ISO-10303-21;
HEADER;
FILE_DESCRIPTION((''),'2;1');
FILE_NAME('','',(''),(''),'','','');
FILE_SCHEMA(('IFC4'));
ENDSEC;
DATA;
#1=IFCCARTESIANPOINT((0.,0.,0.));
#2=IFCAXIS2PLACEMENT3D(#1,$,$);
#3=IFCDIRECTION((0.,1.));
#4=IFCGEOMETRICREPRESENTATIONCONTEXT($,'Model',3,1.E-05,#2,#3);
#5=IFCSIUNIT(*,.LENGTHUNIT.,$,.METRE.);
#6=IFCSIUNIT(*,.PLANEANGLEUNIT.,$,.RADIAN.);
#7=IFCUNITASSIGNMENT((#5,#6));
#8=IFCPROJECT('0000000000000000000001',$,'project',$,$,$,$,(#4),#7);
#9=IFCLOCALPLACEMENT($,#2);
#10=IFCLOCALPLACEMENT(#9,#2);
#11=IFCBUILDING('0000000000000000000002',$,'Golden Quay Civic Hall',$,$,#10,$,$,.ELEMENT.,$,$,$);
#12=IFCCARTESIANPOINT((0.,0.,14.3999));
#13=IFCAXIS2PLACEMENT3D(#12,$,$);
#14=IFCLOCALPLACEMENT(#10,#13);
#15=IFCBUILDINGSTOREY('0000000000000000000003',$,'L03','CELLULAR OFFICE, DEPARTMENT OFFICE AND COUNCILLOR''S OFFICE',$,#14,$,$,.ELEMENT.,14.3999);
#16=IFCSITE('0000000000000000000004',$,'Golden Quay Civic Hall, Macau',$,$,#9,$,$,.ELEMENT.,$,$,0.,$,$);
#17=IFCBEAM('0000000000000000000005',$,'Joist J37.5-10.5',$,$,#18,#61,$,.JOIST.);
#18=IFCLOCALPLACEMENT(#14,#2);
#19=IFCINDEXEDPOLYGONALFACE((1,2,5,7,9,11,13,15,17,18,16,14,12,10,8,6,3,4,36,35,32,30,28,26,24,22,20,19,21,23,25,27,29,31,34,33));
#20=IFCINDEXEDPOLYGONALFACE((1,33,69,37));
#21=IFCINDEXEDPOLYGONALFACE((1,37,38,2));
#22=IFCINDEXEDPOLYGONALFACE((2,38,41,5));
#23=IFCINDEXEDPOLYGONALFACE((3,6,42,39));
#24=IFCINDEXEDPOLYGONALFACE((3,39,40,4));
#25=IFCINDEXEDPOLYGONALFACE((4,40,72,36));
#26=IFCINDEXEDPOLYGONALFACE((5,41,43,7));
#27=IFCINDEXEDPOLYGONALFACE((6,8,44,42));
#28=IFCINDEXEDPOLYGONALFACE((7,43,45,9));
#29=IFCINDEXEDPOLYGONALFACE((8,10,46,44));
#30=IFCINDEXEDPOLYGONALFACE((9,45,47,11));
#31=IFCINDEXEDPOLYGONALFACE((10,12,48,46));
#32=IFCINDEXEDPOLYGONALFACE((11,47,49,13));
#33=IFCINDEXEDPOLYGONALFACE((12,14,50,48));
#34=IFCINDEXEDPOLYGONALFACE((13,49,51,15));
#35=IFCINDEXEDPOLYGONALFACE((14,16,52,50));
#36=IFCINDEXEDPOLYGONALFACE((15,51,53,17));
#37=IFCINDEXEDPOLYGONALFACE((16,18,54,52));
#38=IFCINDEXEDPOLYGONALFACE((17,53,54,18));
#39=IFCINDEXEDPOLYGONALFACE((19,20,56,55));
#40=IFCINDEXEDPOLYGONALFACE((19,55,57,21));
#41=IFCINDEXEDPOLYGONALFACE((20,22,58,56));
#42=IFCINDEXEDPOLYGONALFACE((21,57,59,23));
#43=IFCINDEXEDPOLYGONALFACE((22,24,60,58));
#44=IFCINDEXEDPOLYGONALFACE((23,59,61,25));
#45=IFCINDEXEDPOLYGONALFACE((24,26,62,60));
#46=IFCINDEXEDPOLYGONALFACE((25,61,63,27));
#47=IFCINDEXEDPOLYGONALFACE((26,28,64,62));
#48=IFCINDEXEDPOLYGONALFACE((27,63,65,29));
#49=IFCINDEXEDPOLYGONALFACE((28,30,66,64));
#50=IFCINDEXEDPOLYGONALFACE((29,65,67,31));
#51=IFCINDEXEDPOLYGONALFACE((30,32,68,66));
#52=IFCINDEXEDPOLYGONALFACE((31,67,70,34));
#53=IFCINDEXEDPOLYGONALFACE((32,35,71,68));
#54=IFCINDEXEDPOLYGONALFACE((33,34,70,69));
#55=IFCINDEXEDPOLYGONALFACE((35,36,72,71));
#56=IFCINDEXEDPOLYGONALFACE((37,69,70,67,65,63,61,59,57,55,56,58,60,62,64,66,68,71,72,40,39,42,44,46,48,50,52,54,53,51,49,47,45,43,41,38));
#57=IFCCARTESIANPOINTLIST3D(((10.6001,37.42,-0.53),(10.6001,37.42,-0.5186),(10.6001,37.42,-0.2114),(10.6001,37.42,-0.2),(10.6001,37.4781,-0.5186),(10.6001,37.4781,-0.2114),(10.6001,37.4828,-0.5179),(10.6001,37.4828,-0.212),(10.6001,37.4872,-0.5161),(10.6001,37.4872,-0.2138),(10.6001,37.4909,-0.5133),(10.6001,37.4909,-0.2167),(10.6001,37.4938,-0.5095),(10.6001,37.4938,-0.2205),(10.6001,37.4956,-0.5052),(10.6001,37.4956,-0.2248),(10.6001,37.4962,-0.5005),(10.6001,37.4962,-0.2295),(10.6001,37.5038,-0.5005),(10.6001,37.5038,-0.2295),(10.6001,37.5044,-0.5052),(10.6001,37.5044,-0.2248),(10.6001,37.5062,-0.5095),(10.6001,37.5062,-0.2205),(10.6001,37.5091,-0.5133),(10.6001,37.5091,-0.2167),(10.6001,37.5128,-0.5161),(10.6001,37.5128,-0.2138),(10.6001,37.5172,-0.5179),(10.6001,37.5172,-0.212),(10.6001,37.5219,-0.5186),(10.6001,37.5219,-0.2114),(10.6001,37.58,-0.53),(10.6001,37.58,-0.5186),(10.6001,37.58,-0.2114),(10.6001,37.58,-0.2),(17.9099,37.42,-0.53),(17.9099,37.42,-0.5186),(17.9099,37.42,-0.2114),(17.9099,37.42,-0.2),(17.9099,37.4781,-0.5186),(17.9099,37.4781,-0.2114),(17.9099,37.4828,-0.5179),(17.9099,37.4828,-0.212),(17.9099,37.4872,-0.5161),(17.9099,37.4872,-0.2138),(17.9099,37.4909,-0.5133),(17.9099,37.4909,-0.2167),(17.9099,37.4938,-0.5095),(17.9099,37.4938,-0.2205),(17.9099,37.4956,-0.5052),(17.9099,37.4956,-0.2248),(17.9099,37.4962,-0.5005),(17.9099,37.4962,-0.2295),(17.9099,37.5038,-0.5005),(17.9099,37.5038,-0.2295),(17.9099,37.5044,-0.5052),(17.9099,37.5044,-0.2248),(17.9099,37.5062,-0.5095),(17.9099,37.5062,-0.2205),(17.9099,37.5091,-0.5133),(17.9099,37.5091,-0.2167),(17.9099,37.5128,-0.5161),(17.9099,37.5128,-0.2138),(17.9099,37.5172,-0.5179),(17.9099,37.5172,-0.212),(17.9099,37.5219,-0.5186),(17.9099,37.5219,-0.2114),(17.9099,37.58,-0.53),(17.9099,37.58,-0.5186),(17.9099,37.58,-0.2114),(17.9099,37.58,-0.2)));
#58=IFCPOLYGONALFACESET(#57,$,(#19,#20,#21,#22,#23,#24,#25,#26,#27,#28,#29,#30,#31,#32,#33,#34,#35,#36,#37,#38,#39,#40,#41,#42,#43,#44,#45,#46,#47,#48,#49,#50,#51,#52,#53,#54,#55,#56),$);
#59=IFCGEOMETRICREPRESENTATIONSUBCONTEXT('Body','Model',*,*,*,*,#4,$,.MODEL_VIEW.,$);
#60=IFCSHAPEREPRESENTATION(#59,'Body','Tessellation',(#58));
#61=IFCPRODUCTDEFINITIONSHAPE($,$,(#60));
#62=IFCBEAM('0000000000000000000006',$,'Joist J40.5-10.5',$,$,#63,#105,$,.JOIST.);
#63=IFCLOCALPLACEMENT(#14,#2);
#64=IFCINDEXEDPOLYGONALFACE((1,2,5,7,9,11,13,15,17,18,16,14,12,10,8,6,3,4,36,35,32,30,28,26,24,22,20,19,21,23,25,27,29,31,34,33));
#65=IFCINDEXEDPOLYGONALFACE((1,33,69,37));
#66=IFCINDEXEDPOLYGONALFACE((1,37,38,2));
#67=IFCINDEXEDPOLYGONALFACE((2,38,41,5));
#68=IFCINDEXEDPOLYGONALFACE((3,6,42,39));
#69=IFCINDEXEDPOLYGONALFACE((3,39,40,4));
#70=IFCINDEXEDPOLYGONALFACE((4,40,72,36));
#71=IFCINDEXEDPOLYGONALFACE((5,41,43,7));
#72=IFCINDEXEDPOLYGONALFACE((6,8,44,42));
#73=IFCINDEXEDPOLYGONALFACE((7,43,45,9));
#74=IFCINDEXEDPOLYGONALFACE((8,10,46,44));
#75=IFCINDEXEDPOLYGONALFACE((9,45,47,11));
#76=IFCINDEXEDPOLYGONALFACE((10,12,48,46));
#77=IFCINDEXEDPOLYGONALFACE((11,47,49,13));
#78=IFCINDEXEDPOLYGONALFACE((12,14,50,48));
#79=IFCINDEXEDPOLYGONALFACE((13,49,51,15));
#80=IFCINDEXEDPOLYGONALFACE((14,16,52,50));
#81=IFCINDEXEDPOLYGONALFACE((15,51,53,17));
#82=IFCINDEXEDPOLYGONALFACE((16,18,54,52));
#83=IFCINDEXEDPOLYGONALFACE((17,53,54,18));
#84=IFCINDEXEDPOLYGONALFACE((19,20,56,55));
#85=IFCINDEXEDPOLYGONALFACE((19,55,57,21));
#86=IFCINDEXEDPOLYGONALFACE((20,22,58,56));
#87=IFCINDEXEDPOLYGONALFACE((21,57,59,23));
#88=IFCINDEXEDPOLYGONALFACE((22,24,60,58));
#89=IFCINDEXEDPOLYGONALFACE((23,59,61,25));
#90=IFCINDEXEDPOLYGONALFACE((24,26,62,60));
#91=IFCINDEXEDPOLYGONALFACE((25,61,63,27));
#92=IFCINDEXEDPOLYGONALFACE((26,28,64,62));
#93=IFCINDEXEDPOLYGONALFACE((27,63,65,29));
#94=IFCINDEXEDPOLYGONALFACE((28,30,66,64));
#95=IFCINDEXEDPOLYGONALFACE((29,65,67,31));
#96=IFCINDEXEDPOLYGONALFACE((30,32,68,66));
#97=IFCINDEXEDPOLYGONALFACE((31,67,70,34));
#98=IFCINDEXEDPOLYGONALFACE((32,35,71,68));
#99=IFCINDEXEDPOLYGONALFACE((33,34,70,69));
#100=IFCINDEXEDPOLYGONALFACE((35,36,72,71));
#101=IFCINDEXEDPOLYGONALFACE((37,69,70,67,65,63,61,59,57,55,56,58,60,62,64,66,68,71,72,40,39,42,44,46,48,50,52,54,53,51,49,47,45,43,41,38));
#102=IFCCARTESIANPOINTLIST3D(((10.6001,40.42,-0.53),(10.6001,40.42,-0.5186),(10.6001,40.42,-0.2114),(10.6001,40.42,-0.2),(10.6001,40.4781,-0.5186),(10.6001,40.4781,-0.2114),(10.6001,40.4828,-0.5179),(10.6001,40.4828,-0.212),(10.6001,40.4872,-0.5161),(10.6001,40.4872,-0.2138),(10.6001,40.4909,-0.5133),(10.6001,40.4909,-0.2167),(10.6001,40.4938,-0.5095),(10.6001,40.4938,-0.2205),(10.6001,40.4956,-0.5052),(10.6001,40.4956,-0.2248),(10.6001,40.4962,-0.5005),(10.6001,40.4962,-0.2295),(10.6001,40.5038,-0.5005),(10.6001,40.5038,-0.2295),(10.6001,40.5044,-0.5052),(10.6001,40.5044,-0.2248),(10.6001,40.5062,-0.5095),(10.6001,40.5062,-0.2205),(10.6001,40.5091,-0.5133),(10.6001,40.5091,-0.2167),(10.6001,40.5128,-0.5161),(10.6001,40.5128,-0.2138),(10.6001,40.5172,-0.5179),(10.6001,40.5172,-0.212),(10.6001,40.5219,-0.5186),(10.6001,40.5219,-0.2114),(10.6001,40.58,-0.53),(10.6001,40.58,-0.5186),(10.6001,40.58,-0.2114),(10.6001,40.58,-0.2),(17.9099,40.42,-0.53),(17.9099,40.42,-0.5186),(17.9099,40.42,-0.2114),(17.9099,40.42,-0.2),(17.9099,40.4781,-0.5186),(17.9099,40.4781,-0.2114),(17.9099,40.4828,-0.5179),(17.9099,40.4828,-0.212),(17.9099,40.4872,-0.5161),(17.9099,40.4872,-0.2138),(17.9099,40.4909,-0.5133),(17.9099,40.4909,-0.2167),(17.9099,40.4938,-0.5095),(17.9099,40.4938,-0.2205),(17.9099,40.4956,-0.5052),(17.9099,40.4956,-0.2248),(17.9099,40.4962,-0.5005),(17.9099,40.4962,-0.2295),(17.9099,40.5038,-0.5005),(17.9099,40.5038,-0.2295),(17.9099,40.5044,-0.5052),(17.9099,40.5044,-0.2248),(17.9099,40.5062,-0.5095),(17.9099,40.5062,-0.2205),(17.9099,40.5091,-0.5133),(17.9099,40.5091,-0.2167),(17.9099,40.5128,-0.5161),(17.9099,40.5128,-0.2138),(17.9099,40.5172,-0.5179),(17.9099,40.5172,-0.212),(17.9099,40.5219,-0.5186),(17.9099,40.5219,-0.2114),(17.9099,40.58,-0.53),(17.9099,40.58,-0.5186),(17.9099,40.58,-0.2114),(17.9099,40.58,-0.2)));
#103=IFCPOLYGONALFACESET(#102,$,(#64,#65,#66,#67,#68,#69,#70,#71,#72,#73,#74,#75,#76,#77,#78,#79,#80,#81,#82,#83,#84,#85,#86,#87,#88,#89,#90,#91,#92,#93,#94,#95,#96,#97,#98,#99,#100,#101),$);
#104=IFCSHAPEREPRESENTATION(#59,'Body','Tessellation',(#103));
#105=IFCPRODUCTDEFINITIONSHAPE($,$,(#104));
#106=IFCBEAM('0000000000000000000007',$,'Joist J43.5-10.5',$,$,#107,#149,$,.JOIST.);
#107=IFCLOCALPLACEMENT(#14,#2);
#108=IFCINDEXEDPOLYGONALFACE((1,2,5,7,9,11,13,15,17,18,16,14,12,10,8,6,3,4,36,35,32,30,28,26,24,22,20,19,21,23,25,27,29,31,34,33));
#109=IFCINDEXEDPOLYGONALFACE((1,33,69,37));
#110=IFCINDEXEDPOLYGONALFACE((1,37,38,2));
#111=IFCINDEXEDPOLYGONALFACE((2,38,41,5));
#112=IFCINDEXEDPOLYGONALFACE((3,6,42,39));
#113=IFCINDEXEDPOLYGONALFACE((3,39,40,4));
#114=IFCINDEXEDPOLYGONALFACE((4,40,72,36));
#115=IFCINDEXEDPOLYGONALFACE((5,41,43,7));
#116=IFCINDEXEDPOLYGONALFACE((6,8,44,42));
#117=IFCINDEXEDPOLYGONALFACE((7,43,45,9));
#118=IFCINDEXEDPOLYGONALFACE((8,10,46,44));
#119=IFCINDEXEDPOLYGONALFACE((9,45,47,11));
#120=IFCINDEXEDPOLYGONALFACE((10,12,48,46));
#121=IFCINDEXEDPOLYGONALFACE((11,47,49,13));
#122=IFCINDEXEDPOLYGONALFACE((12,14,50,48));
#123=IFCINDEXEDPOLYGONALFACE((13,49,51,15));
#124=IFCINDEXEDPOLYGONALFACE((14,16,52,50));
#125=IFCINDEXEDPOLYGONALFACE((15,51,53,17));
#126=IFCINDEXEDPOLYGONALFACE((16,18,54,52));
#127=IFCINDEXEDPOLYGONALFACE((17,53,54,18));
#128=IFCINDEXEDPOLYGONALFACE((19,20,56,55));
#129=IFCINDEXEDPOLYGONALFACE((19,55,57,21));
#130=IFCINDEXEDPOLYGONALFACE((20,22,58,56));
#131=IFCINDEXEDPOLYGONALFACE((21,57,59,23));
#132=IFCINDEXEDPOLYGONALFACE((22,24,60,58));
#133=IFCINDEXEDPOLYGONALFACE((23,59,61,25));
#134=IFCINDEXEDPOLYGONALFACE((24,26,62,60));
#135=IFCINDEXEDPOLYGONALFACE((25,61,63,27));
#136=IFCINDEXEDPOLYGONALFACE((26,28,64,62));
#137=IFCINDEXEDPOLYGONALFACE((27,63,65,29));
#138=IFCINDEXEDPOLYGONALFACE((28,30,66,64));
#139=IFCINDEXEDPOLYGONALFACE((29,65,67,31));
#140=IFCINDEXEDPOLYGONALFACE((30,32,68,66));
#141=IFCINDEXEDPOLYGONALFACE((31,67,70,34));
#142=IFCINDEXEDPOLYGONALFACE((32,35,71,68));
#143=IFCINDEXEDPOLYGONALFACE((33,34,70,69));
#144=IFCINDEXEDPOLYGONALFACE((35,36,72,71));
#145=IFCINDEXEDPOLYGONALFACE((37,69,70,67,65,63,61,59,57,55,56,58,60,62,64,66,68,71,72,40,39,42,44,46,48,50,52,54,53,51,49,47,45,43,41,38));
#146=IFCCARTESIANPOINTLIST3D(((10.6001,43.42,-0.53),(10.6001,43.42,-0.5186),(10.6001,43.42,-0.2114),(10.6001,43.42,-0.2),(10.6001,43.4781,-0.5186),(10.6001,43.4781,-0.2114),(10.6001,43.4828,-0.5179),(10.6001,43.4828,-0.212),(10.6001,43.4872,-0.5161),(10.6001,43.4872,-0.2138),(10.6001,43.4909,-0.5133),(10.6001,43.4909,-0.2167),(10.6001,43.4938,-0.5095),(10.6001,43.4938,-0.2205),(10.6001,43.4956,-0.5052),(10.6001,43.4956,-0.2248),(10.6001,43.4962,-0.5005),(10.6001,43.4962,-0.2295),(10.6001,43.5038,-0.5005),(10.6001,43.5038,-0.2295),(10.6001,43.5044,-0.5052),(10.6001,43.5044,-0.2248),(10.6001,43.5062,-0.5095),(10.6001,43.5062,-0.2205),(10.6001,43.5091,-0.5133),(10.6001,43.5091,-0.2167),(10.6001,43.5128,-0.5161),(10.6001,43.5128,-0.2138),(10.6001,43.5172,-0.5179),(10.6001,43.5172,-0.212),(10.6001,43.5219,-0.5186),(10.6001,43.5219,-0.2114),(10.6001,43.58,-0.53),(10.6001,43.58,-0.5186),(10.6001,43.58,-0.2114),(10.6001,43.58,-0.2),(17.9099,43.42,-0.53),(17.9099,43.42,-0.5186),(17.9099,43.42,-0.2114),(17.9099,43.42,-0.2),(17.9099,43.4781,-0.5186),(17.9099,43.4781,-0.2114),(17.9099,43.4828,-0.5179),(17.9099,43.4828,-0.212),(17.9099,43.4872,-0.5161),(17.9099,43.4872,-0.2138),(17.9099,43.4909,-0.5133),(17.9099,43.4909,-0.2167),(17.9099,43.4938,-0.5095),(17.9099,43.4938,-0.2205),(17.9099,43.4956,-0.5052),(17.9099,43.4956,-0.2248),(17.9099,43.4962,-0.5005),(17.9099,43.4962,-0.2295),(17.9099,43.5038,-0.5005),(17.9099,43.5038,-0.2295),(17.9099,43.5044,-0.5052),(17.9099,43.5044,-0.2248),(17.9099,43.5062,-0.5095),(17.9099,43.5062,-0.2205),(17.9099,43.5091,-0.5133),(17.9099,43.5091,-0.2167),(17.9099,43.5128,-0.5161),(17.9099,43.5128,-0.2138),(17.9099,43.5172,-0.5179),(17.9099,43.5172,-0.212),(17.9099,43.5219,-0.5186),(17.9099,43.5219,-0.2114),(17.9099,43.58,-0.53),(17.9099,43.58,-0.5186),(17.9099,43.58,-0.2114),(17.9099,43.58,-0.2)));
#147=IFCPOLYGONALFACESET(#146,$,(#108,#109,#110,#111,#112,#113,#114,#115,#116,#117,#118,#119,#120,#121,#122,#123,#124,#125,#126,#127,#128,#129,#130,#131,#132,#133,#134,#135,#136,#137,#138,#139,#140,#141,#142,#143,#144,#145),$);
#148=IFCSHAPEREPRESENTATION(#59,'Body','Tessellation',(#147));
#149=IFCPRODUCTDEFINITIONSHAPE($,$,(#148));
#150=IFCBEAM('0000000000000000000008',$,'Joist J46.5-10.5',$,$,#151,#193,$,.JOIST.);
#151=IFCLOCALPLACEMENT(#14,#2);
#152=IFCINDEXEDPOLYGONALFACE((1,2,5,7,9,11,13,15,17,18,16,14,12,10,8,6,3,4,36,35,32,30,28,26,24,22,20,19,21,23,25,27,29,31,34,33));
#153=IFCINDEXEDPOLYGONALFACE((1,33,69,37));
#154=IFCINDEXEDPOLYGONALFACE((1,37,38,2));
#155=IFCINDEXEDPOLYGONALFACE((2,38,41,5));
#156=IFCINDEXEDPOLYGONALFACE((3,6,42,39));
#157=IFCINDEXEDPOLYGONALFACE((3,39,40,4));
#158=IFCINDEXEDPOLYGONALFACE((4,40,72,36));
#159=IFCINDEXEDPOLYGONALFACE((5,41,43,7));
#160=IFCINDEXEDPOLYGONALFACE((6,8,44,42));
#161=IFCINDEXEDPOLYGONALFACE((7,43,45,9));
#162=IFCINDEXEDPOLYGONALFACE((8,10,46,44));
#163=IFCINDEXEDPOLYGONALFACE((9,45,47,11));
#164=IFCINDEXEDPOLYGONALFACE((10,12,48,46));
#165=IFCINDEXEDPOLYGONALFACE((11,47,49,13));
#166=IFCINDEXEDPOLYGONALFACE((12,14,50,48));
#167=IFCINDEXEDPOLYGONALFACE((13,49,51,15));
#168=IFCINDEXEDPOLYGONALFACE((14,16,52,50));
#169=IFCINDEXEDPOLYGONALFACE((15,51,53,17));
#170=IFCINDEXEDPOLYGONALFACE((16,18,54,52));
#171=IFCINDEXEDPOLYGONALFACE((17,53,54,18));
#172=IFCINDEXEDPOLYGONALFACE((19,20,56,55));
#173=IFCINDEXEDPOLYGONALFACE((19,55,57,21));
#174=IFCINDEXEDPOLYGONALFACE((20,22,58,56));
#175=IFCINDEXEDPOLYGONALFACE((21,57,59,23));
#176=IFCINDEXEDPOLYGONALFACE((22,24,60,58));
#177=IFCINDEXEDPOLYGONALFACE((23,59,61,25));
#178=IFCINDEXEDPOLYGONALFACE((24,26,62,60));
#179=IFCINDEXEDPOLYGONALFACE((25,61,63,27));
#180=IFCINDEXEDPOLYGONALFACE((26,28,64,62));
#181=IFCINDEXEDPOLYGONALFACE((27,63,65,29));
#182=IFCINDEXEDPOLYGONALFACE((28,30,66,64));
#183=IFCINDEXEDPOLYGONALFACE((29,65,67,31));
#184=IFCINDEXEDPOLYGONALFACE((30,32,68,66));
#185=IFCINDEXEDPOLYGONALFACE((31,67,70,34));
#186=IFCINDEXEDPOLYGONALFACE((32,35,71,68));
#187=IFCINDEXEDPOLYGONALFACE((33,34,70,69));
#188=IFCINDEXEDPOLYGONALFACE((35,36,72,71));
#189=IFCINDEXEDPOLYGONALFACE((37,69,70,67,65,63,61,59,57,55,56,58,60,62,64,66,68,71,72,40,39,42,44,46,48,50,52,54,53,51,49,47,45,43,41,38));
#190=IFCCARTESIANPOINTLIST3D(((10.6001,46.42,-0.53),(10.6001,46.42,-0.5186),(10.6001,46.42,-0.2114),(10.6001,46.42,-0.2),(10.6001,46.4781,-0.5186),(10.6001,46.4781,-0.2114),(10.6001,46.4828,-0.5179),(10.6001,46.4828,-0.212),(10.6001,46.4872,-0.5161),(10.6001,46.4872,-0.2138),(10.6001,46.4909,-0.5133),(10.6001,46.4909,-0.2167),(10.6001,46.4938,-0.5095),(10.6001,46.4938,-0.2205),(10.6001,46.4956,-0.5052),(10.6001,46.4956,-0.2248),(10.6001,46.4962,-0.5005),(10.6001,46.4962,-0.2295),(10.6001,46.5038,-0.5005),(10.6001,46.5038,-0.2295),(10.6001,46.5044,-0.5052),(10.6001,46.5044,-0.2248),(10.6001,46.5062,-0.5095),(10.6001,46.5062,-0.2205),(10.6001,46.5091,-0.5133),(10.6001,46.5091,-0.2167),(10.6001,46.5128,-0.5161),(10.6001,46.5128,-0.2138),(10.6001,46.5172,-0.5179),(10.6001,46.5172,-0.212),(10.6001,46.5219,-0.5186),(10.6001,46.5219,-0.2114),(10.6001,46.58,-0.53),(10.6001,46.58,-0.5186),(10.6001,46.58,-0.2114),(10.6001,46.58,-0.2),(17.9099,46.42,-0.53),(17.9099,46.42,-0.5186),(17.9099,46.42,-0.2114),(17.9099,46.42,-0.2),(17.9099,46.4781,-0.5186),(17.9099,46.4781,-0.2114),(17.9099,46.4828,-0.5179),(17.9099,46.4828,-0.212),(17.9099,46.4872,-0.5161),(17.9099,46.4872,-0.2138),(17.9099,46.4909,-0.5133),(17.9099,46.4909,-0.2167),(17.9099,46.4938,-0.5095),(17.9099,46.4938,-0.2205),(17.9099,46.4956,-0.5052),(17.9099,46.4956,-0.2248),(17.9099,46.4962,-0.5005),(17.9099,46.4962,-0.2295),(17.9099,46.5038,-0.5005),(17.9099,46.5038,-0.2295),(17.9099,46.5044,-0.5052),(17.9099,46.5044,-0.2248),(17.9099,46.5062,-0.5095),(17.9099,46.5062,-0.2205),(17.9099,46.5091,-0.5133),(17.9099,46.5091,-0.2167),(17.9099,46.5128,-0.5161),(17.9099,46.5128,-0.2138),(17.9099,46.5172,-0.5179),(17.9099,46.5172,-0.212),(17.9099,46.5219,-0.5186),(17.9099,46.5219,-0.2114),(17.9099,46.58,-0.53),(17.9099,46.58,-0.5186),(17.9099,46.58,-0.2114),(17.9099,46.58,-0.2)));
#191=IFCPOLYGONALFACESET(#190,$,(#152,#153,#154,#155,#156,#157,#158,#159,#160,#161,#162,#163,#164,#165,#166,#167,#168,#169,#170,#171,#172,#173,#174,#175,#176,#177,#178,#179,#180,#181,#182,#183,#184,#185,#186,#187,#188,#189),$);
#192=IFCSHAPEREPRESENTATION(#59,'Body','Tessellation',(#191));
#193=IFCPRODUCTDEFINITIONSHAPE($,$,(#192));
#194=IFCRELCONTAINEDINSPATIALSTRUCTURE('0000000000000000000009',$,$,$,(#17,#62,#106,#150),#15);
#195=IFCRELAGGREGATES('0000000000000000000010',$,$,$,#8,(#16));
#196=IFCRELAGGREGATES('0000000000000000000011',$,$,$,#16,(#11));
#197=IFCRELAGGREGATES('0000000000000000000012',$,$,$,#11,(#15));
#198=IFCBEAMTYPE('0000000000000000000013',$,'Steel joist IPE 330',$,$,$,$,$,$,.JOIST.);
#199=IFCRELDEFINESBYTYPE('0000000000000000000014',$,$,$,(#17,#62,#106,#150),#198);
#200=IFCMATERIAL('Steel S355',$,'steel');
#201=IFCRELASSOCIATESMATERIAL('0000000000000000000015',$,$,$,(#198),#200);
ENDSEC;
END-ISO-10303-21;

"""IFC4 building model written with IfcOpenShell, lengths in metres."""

from ifc_helpers import new_model, si_unit, direction, frame, origin, origin_2d, place, context, subcontext, project, spatial, i_section, extrude, material, material_profile, profile_set, type_object, element, save


model = new_model("IFC4")

# Units and contexts
model_context = context("Model", 3, precision=1e-05, world=origin(), true_north=direction((0.0, 1.0)))
body_context = subcontext(model_context, "Body", "Model", "MODEL_VIEW")
ifc_project = project(units=[si_unit("LENGTHUNIT", "METRE"), si_unit("PLANEANGLEUNIT", "RADIAN")], contexts=[model_context])

# Site, building, storey
site_placement = place(None, origin())
site = spatial("IfcSite", under=ifc_project, at=site_placement, Name="Golden Quay Civic Hall, Macau", CompositionType="ELEMENT", RefElevation=0.0)
building_placement = place(site_placement, origin())
building = spatial("IfcBuilding", under=site, at=building_placement, Name="Golden Quay Civic Hall", CompositionType="ELEMENT")
storey_placement = place(building_placement, frame((0.0, 0.0, 14.3999)))
storey = spatial("IfcBuildingStorey", under=building, at=storey_placement, Name="L03", Description="CELLULAR OFFICE, DEPARTMENT OFFICE AND COUNCILLOR'S OFFICE", CompositionType="ELEMENT", Elevation=14.3999)

# Beams
ifc_material_1 = material(Name="Steel S355", Category="steel")
ifc_material_profile_1 = material_profile(ifc_material_1, i_section(OverallWidth=0.1599, OverallDepth=0.3301, WebThickness=0.0076, FlangeThickness=0.0115, FilletRadius=0.0181, at=origin_2d()), Name="IPE 330")
ifc_profile_set_1 = profile_set([ifc_material_profile_1], Name="Steel S355")
beam_type_1 = type_object("IfcBeamType", Name="Steel joist IPE 330", PredefinedType="JOIST", material=ifc_profile_set_1)
for number, where, z_axis, x_axis, name in (
    (1, (10.6001, 37.5, -0.365), (1.0, 0.0, 0.0), (0.0, 1.0, 0.0), "Joist J37.5-10.5"),
    (2, (10.6001, 40.5, -0.365), (1.0, 0.0, 0.0), (0.0, 1.0, 0.0), "Joist J40.5-10.5"),
    (3, (10.6001, 43.5, -0.365), (1.0, 0.0, 0.0), (0.0, 1.0, 0.0), "Joist J43.5-10.5"),
    (4, (10.6001, 46.5, -0.365), (1.0, 0.0, 0.0), (0.0, 1.0, 0.0), "Joist J46.5-10.5"),
):
    element("IfcBeam", number, at=place(storey_placement, frame(where, z_axis=z_axis, x_axis=x_axis)), inside=storey, type_object=beam_type_1, Name=name, PredefinedType="JOIST", context=body_context, shape_type="SweptSolid", body=[
        extrude(i_section(OverallWidth=0.1599, OverallDepth=0.3301, WebThickness=0.0076, FlangeThickness=0.0115, FilletRadius=0.0181, at=origin_2d()), origin(), (0.0, 0.0, 1.0), 7.3098),
    ])

save(model, "model.ifc")
